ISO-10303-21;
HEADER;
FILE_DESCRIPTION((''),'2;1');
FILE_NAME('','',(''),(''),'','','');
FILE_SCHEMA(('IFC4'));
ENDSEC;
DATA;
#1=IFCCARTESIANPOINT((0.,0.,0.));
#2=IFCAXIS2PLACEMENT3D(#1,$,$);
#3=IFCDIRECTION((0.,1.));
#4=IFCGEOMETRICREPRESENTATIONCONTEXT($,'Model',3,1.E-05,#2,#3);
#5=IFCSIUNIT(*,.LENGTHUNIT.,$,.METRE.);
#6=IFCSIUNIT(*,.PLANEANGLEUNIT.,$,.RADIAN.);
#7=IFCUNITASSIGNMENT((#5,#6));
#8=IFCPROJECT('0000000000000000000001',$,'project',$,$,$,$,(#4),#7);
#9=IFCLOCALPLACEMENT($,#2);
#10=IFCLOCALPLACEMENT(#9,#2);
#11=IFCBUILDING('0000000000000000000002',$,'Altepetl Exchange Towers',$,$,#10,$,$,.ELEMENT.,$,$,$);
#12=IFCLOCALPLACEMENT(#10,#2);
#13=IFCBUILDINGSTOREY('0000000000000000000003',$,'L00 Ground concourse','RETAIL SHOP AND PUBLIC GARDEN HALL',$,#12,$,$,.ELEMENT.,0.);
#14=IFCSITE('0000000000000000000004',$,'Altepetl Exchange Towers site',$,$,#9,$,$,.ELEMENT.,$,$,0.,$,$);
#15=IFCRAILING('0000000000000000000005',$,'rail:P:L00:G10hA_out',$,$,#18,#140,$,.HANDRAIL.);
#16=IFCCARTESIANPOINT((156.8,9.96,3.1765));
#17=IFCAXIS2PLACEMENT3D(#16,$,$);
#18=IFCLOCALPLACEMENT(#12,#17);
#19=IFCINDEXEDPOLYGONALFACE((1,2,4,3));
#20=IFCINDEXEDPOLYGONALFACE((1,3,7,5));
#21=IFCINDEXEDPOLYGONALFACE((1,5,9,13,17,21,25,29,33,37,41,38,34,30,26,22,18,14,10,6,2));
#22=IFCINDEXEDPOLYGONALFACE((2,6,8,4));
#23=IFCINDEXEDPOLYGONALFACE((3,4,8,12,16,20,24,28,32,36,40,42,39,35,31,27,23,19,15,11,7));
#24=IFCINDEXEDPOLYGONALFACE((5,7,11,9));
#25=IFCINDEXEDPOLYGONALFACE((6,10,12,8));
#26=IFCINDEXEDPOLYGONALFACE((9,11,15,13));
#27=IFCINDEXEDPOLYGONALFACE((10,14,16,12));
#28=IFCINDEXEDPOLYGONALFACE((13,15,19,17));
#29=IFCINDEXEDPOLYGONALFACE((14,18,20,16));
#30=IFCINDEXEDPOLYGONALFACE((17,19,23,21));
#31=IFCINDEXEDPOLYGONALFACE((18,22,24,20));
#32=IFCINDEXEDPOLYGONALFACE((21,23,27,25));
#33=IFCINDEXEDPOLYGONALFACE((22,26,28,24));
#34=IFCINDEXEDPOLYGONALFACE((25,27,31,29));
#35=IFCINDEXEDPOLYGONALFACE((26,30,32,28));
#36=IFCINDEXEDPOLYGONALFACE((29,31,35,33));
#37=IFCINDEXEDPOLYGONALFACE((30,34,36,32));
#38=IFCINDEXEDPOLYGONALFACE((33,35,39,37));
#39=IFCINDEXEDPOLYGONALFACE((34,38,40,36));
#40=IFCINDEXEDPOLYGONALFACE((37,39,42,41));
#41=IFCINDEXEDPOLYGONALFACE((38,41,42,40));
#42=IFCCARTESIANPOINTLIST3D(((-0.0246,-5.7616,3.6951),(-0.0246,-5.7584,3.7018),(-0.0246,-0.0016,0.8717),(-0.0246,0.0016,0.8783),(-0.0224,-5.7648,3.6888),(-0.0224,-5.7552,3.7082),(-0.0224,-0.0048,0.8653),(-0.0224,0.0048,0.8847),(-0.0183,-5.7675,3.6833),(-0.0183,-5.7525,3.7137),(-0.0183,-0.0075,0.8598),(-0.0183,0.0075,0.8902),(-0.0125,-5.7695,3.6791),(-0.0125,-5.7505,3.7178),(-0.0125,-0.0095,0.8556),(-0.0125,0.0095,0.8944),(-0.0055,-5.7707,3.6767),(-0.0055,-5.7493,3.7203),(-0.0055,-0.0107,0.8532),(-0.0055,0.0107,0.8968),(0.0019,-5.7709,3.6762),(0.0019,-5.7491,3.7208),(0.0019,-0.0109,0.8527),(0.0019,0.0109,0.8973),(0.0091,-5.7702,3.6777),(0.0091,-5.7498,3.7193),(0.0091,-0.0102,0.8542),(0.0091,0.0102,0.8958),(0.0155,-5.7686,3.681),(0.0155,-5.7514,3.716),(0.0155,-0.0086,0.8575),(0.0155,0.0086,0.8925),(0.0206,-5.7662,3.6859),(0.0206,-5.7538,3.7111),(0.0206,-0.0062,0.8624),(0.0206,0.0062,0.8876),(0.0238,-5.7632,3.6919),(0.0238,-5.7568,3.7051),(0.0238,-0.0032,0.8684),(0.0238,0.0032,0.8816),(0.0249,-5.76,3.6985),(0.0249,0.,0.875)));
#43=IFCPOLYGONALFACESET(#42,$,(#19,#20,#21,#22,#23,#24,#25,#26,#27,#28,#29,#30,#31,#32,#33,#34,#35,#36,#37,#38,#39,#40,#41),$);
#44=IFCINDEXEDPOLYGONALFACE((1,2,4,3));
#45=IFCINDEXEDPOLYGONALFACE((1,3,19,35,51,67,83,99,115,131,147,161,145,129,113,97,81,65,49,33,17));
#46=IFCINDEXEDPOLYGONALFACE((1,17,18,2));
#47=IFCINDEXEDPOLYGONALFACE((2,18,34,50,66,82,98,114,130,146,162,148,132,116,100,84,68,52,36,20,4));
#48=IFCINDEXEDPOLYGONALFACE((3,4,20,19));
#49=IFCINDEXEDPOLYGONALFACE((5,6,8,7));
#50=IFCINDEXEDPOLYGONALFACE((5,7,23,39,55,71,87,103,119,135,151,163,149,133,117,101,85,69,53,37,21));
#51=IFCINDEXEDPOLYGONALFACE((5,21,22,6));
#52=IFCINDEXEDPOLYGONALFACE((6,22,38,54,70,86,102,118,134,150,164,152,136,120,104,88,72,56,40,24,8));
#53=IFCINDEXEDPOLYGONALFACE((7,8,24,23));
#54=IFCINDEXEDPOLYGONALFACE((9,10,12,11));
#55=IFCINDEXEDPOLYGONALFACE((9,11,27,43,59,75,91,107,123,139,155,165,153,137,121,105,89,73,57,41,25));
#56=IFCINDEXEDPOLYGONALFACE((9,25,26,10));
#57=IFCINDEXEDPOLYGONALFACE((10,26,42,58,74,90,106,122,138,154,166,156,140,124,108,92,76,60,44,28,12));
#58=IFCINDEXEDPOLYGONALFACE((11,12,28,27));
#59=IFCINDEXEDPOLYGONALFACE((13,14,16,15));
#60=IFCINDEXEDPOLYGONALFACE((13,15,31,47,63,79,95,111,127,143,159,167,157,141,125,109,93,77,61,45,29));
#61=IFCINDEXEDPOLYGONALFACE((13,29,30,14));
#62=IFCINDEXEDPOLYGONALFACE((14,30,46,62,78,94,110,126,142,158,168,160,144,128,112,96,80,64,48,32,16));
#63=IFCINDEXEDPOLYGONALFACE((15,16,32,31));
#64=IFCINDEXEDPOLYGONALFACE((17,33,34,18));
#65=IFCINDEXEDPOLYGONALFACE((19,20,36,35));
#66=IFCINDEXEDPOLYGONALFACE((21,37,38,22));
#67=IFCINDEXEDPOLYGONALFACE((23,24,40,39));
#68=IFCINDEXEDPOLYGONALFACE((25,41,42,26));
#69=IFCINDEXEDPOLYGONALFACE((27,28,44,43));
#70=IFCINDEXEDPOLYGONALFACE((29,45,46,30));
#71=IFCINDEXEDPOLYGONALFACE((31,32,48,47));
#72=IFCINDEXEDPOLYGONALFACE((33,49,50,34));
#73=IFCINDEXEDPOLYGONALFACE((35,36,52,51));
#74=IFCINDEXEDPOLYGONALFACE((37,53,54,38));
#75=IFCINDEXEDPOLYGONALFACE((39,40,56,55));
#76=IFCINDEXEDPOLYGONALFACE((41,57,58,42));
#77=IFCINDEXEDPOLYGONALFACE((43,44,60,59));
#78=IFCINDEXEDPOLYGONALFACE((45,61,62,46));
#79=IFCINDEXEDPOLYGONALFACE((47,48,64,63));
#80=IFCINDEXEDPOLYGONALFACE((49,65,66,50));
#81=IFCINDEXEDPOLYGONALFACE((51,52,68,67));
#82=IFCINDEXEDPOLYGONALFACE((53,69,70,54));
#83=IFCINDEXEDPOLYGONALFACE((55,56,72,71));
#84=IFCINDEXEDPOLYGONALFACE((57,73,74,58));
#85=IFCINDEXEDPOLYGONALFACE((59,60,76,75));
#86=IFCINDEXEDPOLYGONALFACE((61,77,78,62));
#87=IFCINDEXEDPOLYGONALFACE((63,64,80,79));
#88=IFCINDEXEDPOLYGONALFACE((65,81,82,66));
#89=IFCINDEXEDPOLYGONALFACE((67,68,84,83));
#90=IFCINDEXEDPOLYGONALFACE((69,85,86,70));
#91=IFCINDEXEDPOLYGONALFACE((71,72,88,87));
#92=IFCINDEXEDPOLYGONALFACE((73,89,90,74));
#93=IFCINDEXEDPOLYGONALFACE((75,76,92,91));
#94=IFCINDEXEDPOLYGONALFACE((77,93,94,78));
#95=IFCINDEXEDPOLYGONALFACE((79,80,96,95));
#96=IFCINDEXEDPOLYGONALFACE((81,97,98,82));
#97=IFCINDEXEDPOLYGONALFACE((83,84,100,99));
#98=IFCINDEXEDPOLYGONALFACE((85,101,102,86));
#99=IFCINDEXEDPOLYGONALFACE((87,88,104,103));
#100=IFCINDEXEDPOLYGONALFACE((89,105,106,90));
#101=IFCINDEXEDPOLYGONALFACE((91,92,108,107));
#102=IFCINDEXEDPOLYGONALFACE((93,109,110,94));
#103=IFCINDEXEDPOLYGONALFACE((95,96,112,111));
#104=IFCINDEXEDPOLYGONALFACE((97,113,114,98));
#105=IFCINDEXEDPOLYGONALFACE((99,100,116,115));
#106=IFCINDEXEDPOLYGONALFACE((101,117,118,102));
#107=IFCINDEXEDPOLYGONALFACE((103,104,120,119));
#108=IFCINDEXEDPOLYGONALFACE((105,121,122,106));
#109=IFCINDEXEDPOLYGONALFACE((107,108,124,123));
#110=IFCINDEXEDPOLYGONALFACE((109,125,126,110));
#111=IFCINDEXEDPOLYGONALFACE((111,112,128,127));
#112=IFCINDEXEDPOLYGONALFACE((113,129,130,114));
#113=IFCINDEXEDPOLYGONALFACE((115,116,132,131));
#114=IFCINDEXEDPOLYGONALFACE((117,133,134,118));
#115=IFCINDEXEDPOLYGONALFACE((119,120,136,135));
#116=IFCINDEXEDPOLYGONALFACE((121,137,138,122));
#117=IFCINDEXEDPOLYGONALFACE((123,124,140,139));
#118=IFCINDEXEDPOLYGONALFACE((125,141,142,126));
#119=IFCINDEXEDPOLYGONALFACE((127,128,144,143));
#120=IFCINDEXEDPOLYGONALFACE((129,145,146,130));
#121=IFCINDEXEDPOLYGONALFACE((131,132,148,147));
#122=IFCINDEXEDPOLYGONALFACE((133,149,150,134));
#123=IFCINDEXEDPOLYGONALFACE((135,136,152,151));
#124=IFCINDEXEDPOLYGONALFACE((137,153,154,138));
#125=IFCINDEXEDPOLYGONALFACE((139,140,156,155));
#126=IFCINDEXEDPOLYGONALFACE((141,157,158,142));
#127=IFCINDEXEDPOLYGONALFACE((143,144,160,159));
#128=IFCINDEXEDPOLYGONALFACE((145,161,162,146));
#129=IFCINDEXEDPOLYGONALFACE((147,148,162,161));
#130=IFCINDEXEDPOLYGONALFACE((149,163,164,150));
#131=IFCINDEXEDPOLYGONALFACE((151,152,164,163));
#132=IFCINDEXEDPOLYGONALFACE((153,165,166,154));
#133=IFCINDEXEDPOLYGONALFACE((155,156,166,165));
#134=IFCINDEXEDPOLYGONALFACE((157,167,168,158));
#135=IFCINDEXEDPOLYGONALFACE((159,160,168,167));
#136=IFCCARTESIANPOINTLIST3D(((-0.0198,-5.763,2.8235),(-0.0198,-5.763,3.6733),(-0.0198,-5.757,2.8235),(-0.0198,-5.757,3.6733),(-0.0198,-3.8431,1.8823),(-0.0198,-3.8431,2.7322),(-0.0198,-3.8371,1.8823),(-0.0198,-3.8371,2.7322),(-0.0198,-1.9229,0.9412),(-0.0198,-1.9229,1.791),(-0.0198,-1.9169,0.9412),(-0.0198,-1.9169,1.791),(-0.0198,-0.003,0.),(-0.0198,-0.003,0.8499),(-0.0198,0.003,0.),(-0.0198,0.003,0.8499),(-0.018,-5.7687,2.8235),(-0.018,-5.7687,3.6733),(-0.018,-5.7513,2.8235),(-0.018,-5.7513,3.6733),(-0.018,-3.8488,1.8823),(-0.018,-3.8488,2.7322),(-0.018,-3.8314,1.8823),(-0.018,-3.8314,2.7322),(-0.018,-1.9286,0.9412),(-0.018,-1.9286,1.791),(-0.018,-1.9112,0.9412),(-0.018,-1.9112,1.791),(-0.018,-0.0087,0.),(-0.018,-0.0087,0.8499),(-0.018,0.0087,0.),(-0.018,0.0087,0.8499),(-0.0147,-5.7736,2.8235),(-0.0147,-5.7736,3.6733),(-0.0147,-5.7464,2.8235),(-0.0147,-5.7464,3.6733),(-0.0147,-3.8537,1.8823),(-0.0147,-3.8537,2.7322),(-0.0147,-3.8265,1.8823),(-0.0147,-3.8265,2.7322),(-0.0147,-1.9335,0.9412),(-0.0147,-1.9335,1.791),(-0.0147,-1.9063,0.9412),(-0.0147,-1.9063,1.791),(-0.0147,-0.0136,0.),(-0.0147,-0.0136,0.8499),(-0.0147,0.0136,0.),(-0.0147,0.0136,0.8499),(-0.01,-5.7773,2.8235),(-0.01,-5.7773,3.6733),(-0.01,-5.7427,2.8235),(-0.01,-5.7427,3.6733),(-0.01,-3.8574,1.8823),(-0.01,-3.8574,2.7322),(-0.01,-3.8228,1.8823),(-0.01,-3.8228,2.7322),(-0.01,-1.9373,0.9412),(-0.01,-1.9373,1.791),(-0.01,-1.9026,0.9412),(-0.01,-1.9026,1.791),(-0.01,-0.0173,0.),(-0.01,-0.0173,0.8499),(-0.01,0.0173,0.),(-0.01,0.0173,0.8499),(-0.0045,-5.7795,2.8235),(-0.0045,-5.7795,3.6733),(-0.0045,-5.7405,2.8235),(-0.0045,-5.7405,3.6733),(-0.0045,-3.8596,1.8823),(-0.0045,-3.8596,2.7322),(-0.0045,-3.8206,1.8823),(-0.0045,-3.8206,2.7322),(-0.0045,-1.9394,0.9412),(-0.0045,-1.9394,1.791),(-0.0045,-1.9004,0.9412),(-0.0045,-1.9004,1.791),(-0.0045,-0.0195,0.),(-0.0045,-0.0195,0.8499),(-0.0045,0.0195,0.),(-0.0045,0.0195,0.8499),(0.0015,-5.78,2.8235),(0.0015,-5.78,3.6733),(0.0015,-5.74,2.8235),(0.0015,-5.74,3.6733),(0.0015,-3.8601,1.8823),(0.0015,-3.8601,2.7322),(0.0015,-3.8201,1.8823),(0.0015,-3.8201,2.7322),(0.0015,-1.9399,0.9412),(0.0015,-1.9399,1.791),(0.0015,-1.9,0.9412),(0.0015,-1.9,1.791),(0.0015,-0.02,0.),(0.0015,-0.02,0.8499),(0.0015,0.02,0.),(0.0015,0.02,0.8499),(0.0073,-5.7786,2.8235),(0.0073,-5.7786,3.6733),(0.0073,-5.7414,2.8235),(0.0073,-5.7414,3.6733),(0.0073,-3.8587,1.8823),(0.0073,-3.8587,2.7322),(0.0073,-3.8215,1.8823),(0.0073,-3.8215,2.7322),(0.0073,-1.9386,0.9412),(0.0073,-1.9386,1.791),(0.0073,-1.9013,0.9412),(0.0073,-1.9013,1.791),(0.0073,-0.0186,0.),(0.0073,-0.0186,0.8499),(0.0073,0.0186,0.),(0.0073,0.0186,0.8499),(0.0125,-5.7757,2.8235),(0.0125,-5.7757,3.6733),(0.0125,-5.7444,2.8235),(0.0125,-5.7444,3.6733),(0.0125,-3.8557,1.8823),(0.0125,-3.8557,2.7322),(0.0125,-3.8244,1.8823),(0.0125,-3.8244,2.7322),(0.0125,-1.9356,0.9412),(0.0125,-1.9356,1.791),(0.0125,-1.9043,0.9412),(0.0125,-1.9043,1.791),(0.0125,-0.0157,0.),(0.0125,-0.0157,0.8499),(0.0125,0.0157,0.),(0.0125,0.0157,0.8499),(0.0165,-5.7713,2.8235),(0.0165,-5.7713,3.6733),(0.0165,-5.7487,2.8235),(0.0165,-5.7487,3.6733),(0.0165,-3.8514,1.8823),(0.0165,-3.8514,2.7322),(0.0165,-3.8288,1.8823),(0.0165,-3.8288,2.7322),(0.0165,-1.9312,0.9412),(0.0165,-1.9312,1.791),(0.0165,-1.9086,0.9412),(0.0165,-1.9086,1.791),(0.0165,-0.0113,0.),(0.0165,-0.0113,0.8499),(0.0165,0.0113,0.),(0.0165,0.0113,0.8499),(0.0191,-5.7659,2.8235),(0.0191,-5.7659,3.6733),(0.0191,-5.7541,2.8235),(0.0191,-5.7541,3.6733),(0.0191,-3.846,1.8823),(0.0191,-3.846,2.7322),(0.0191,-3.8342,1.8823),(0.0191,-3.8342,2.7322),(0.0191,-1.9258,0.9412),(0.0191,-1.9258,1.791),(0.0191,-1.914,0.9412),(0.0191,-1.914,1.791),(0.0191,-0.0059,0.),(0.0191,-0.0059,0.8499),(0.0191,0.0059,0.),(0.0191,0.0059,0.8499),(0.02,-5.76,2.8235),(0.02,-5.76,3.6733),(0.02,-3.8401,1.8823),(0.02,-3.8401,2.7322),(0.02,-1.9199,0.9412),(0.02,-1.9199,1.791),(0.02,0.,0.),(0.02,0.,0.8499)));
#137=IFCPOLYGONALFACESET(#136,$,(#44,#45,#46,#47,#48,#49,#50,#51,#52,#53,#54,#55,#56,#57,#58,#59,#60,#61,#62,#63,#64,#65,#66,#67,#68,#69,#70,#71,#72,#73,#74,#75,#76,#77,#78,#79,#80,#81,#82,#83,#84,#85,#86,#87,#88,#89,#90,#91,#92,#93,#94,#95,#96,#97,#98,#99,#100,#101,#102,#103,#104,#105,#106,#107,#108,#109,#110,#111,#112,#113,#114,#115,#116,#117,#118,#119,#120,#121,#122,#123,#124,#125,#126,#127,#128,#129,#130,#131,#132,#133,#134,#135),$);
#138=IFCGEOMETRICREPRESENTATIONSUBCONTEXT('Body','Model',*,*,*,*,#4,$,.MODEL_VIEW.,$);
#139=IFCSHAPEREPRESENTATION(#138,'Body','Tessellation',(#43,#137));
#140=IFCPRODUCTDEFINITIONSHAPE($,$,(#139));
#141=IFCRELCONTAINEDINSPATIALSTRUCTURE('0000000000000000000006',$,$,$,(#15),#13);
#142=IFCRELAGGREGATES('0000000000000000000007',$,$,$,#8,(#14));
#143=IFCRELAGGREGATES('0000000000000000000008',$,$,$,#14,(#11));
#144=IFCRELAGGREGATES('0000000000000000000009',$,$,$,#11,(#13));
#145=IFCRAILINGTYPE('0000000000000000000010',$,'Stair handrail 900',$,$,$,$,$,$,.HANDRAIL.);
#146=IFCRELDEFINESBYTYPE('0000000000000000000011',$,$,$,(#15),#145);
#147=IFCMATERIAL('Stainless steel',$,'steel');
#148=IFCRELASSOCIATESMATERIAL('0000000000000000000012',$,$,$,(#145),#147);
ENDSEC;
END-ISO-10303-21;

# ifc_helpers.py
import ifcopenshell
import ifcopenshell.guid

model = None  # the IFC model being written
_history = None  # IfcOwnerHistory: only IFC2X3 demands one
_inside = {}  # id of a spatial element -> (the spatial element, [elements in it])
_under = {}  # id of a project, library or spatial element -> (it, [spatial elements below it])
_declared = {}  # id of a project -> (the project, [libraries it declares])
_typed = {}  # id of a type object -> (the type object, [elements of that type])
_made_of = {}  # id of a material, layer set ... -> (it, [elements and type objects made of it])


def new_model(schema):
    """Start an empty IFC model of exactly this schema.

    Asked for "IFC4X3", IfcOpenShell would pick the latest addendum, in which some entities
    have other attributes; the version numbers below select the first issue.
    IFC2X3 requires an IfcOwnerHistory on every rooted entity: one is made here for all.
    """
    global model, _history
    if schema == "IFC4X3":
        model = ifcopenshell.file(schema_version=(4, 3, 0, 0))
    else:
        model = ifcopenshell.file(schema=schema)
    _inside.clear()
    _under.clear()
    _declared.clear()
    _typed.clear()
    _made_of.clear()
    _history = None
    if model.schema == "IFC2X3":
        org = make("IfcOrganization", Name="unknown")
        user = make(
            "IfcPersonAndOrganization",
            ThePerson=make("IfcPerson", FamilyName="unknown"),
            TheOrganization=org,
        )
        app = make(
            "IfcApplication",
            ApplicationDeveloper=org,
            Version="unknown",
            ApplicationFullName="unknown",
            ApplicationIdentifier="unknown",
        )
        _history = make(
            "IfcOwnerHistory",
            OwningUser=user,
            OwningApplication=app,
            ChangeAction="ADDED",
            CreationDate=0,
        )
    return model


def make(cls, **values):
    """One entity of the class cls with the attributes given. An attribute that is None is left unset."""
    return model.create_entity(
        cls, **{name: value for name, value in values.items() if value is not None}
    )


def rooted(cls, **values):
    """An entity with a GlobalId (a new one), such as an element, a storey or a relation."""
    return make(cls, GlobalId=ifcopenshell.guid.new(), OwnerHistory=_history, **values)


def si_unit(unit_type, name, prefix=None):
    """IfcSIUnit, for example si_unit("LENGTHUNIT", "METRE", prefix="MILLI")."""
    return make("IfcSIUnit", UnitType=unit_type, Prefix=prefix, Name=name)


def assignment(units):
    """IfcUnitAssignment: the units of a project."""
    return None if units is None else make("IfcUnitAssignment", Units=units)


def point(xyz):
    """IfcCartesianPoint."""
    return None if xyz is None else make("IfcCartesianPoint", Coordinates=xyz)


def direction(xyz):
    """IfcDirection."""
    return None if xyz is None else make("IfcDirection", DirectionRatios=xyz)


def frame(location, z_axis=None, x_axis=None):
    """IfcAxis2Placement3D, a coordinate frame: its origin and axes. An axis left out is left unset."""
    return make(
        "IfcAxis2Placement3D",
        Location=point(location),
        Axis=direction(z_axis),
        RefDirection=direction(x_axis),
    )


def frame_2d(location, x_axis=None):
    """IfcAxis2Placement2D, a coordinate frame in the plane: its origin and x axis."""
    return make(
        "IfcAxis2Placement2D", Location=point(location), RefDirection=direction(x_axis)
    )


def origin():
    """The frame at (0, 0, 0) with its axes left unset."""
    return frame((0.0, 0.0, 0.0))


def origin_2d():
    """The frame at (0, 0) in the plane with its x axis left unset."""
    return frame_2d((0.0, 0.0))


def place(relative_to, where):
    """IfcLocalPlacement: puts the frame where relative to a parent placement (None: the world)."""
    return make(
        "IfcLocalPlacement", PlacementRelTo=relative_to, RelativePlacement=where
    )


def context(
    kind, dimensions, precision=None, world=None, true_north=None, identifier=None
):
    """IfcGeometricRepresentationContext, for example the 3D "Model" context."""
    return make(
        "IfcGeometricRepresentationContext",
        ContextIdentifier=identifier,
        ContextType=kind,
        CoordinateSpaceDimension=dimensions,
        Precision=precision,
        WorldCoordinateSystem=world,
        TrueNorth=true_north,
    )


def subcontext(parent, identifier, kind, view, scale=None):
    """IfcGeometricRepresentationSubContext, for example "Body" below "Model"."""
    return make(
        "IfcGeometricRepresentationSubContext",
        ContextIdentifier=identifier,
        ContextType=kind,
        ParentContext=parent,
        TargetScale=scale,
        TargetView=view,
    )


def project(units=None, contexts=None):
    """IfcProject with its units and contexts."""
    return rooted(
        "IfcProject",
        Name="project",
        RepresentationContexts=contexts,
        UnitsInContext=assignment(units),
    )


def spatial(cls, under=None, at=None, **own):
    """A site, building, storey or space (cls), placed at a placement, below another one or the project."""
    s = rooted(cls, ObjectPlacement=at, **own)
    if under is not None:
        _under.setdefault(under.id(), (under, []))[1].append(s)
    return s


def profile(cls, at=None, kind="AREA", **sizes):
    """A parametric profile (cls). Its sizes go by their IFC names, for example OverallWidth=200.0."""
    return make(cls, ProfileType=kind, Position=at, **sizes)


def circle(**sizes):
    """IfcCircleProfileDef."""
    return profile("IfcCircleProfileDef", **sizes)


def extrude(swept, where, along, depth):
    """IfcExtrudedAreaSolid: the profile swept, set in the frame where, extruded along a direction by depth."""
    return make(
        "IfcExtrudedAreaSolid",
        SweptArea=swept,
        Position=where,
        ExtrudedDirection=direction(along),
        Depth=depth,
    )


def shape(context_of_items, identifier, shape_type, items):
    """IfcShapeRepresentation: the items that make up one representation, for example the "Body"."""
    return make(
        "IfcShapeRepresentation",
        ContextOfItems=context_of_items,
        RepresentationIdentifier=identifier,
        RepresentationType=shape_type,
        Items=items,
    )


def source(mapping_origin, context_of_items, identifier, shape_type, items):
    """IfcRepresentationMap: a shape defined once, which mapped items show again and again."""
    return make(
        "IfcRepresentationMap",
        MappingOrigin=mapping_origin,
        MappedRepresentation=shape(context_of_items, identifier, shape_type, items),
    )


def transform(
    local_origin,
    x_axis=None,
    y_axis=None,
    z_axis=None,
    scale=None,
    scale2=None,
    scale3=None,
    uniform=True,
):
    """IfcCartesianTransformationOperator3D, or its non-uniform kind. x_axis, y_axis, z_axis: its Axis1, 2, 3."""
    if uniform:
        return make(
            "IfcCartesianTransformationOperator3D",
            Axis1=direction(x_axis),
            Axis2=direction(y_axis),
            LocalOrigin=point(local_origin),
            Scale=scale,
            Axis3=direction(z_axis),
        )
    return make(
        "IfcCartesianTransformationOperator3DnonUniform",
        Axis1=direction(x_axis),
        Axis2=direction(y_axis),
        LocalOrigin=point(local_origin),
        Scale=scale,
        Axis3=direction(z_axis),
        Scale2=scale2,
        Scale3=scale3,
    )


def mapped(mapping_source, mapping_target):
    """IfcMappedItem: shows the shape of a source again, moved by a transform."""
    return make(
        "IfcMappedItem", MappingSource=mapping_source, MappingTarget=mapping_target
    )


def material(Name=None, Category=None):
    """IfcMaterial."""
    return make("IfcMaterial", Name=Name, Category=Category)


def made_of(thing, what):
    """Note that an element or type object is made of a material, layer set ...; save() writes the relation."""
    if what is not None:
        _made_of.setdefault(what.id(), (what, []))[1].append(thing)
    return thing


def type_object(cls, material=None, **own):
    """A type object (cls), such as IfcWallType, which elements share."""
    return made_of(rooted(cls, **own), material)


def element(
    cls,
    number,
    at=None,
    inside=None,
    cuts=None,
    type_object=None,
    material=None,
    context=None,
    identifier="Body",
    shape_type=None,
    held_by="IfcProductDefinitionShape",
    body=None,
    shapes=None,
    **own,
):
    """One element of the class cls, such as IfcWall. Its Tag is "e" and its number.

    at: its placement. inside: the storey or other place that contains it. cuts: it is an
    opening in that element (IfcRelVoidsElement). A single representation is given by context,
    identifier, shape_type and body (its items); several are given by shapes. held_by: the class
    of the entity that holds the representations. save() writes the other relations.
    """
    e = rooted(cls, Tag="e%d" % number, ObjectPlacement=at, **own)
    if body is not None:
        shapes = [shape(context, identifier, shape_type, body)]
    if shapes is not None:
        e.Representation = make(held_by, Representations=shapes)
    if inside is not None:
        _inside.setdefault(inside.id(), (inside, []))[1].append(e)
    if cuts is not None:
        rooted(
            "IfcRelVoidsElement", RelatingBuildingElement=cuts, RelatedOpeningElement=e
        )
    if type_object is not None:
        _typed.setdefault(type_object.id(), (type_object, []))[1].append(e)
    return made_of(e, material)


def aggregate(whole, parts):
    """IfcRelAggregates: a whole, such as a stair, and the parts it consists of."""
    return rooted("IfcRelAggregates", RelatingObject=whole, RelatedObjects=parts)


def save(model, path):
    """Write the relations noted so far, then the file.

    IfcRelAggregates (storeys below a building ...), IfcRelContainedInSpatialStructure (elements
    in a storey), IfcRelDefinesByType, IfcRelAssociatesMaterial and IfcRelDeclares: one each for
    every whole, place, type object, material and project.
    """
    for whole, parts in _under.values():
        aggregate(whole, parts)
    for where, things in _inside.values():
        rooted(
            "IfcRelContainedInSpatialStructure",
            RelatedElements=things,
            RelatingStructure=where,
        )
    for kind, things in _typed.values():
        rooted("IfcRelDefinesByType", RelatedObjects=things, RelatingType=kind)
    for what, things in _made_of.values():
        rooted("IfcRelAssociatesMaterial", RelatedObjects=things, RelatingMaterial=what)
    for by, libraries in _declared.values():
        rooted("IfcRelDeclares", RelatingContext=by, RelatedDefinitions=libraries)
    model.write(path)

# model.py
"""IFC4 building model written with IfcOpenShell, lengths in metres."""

from ifc_helpers import new_model, si_unit, direction, frame, origin, origin_2d, place, context, subcontext, project, spatial, circle, extrude, source, transform, mapped, material, type_object, element, save


model = new_model("IFC4")

# Units and contexts
model_context = context("Model", 3, precision=1e-05, world=origin(), true_north=direction((0.0, 1.0)))
body_context = subcontext(model_context, "Body", "Model", "MODEL_VIEW")
ifc_project = project(units=[si_unit("LENGTHUNIT", "METRE"), si_unit("PLANEANGLEUNIT", "RADIAN")], contexts=[model_context])

# Site, building, storey
site_placement = place(None, origin())
site = spatial("IfcSite", under=ifc_project, at=site_placement, Name="Altepetl Exchange Towers site", CompositionType="ELEMENT", RefElevation=0.0)
building_placement = place(site_placement, origin())
building = spatial("IfcBuilding", under=site, at=building_placement, Name="Altepetl Exchange Towers", CompositionType="ELEMENT")
storey_placement = place(building_placement, origin())
storey = spatial("IfcBuildingStorey", under=building, at=storey_placement, Name="L00 Ground concourse", Description="RETAIL SHOP AND PUBLIC GARDEN HALL", CompositionType="ELEMENT", Elevation=0.0)

# Railing
ifc_material_1 = material(Name="Stainless steel", Category="steel")
railing_type_1 = type_object("IfcRailingType", Name="Stair handrail 900", PredefinedType="HANDRAIL", material=ifc_material_1)
shared_shape_1 = source(origin(), body_context, "Body", "SweptSolid", [
    extrude(circle(Radius=0.02, at=origin_2d()), origin(), (0.0, 0.0, 1.0), 0.8499),
])
for number, where, name in (
    (1, (156.8, 9.96, 3.1765), "rail:P:L00:G10hA_out"),
):
    element("IfcRailing", number, at=place(storey_placement, frame(where)), inside=storey, type_object=railing_type_1, Name=name, PredefinedType="HANDRAIL", context=body_context, shape_type="SweptSolid", body=[
        extrude(circle(Radius=0.0249, at=origin_2d()), frame((0.0, 0.0, 0.875), z_axis=(0.0, -0.897924, 0.440151), x_axis=(1.0, 0.0, 0.0)), (0.0, 0.0, 1.0), 6.4148),
        mapped(shared_shape_1, transform((0.0, 0.0, 0.0))),
        mapped(shared_shape_1, transform((0.0, -1.9199, 0.9412))),
        mapped(shared_shape_1, transform((0.0, -3.8401, 1.8823))),
        mapped(shared_shape_1, transform((0.0, -5.76, 2.8235))),
    ])

save(model, "model.ifc")
